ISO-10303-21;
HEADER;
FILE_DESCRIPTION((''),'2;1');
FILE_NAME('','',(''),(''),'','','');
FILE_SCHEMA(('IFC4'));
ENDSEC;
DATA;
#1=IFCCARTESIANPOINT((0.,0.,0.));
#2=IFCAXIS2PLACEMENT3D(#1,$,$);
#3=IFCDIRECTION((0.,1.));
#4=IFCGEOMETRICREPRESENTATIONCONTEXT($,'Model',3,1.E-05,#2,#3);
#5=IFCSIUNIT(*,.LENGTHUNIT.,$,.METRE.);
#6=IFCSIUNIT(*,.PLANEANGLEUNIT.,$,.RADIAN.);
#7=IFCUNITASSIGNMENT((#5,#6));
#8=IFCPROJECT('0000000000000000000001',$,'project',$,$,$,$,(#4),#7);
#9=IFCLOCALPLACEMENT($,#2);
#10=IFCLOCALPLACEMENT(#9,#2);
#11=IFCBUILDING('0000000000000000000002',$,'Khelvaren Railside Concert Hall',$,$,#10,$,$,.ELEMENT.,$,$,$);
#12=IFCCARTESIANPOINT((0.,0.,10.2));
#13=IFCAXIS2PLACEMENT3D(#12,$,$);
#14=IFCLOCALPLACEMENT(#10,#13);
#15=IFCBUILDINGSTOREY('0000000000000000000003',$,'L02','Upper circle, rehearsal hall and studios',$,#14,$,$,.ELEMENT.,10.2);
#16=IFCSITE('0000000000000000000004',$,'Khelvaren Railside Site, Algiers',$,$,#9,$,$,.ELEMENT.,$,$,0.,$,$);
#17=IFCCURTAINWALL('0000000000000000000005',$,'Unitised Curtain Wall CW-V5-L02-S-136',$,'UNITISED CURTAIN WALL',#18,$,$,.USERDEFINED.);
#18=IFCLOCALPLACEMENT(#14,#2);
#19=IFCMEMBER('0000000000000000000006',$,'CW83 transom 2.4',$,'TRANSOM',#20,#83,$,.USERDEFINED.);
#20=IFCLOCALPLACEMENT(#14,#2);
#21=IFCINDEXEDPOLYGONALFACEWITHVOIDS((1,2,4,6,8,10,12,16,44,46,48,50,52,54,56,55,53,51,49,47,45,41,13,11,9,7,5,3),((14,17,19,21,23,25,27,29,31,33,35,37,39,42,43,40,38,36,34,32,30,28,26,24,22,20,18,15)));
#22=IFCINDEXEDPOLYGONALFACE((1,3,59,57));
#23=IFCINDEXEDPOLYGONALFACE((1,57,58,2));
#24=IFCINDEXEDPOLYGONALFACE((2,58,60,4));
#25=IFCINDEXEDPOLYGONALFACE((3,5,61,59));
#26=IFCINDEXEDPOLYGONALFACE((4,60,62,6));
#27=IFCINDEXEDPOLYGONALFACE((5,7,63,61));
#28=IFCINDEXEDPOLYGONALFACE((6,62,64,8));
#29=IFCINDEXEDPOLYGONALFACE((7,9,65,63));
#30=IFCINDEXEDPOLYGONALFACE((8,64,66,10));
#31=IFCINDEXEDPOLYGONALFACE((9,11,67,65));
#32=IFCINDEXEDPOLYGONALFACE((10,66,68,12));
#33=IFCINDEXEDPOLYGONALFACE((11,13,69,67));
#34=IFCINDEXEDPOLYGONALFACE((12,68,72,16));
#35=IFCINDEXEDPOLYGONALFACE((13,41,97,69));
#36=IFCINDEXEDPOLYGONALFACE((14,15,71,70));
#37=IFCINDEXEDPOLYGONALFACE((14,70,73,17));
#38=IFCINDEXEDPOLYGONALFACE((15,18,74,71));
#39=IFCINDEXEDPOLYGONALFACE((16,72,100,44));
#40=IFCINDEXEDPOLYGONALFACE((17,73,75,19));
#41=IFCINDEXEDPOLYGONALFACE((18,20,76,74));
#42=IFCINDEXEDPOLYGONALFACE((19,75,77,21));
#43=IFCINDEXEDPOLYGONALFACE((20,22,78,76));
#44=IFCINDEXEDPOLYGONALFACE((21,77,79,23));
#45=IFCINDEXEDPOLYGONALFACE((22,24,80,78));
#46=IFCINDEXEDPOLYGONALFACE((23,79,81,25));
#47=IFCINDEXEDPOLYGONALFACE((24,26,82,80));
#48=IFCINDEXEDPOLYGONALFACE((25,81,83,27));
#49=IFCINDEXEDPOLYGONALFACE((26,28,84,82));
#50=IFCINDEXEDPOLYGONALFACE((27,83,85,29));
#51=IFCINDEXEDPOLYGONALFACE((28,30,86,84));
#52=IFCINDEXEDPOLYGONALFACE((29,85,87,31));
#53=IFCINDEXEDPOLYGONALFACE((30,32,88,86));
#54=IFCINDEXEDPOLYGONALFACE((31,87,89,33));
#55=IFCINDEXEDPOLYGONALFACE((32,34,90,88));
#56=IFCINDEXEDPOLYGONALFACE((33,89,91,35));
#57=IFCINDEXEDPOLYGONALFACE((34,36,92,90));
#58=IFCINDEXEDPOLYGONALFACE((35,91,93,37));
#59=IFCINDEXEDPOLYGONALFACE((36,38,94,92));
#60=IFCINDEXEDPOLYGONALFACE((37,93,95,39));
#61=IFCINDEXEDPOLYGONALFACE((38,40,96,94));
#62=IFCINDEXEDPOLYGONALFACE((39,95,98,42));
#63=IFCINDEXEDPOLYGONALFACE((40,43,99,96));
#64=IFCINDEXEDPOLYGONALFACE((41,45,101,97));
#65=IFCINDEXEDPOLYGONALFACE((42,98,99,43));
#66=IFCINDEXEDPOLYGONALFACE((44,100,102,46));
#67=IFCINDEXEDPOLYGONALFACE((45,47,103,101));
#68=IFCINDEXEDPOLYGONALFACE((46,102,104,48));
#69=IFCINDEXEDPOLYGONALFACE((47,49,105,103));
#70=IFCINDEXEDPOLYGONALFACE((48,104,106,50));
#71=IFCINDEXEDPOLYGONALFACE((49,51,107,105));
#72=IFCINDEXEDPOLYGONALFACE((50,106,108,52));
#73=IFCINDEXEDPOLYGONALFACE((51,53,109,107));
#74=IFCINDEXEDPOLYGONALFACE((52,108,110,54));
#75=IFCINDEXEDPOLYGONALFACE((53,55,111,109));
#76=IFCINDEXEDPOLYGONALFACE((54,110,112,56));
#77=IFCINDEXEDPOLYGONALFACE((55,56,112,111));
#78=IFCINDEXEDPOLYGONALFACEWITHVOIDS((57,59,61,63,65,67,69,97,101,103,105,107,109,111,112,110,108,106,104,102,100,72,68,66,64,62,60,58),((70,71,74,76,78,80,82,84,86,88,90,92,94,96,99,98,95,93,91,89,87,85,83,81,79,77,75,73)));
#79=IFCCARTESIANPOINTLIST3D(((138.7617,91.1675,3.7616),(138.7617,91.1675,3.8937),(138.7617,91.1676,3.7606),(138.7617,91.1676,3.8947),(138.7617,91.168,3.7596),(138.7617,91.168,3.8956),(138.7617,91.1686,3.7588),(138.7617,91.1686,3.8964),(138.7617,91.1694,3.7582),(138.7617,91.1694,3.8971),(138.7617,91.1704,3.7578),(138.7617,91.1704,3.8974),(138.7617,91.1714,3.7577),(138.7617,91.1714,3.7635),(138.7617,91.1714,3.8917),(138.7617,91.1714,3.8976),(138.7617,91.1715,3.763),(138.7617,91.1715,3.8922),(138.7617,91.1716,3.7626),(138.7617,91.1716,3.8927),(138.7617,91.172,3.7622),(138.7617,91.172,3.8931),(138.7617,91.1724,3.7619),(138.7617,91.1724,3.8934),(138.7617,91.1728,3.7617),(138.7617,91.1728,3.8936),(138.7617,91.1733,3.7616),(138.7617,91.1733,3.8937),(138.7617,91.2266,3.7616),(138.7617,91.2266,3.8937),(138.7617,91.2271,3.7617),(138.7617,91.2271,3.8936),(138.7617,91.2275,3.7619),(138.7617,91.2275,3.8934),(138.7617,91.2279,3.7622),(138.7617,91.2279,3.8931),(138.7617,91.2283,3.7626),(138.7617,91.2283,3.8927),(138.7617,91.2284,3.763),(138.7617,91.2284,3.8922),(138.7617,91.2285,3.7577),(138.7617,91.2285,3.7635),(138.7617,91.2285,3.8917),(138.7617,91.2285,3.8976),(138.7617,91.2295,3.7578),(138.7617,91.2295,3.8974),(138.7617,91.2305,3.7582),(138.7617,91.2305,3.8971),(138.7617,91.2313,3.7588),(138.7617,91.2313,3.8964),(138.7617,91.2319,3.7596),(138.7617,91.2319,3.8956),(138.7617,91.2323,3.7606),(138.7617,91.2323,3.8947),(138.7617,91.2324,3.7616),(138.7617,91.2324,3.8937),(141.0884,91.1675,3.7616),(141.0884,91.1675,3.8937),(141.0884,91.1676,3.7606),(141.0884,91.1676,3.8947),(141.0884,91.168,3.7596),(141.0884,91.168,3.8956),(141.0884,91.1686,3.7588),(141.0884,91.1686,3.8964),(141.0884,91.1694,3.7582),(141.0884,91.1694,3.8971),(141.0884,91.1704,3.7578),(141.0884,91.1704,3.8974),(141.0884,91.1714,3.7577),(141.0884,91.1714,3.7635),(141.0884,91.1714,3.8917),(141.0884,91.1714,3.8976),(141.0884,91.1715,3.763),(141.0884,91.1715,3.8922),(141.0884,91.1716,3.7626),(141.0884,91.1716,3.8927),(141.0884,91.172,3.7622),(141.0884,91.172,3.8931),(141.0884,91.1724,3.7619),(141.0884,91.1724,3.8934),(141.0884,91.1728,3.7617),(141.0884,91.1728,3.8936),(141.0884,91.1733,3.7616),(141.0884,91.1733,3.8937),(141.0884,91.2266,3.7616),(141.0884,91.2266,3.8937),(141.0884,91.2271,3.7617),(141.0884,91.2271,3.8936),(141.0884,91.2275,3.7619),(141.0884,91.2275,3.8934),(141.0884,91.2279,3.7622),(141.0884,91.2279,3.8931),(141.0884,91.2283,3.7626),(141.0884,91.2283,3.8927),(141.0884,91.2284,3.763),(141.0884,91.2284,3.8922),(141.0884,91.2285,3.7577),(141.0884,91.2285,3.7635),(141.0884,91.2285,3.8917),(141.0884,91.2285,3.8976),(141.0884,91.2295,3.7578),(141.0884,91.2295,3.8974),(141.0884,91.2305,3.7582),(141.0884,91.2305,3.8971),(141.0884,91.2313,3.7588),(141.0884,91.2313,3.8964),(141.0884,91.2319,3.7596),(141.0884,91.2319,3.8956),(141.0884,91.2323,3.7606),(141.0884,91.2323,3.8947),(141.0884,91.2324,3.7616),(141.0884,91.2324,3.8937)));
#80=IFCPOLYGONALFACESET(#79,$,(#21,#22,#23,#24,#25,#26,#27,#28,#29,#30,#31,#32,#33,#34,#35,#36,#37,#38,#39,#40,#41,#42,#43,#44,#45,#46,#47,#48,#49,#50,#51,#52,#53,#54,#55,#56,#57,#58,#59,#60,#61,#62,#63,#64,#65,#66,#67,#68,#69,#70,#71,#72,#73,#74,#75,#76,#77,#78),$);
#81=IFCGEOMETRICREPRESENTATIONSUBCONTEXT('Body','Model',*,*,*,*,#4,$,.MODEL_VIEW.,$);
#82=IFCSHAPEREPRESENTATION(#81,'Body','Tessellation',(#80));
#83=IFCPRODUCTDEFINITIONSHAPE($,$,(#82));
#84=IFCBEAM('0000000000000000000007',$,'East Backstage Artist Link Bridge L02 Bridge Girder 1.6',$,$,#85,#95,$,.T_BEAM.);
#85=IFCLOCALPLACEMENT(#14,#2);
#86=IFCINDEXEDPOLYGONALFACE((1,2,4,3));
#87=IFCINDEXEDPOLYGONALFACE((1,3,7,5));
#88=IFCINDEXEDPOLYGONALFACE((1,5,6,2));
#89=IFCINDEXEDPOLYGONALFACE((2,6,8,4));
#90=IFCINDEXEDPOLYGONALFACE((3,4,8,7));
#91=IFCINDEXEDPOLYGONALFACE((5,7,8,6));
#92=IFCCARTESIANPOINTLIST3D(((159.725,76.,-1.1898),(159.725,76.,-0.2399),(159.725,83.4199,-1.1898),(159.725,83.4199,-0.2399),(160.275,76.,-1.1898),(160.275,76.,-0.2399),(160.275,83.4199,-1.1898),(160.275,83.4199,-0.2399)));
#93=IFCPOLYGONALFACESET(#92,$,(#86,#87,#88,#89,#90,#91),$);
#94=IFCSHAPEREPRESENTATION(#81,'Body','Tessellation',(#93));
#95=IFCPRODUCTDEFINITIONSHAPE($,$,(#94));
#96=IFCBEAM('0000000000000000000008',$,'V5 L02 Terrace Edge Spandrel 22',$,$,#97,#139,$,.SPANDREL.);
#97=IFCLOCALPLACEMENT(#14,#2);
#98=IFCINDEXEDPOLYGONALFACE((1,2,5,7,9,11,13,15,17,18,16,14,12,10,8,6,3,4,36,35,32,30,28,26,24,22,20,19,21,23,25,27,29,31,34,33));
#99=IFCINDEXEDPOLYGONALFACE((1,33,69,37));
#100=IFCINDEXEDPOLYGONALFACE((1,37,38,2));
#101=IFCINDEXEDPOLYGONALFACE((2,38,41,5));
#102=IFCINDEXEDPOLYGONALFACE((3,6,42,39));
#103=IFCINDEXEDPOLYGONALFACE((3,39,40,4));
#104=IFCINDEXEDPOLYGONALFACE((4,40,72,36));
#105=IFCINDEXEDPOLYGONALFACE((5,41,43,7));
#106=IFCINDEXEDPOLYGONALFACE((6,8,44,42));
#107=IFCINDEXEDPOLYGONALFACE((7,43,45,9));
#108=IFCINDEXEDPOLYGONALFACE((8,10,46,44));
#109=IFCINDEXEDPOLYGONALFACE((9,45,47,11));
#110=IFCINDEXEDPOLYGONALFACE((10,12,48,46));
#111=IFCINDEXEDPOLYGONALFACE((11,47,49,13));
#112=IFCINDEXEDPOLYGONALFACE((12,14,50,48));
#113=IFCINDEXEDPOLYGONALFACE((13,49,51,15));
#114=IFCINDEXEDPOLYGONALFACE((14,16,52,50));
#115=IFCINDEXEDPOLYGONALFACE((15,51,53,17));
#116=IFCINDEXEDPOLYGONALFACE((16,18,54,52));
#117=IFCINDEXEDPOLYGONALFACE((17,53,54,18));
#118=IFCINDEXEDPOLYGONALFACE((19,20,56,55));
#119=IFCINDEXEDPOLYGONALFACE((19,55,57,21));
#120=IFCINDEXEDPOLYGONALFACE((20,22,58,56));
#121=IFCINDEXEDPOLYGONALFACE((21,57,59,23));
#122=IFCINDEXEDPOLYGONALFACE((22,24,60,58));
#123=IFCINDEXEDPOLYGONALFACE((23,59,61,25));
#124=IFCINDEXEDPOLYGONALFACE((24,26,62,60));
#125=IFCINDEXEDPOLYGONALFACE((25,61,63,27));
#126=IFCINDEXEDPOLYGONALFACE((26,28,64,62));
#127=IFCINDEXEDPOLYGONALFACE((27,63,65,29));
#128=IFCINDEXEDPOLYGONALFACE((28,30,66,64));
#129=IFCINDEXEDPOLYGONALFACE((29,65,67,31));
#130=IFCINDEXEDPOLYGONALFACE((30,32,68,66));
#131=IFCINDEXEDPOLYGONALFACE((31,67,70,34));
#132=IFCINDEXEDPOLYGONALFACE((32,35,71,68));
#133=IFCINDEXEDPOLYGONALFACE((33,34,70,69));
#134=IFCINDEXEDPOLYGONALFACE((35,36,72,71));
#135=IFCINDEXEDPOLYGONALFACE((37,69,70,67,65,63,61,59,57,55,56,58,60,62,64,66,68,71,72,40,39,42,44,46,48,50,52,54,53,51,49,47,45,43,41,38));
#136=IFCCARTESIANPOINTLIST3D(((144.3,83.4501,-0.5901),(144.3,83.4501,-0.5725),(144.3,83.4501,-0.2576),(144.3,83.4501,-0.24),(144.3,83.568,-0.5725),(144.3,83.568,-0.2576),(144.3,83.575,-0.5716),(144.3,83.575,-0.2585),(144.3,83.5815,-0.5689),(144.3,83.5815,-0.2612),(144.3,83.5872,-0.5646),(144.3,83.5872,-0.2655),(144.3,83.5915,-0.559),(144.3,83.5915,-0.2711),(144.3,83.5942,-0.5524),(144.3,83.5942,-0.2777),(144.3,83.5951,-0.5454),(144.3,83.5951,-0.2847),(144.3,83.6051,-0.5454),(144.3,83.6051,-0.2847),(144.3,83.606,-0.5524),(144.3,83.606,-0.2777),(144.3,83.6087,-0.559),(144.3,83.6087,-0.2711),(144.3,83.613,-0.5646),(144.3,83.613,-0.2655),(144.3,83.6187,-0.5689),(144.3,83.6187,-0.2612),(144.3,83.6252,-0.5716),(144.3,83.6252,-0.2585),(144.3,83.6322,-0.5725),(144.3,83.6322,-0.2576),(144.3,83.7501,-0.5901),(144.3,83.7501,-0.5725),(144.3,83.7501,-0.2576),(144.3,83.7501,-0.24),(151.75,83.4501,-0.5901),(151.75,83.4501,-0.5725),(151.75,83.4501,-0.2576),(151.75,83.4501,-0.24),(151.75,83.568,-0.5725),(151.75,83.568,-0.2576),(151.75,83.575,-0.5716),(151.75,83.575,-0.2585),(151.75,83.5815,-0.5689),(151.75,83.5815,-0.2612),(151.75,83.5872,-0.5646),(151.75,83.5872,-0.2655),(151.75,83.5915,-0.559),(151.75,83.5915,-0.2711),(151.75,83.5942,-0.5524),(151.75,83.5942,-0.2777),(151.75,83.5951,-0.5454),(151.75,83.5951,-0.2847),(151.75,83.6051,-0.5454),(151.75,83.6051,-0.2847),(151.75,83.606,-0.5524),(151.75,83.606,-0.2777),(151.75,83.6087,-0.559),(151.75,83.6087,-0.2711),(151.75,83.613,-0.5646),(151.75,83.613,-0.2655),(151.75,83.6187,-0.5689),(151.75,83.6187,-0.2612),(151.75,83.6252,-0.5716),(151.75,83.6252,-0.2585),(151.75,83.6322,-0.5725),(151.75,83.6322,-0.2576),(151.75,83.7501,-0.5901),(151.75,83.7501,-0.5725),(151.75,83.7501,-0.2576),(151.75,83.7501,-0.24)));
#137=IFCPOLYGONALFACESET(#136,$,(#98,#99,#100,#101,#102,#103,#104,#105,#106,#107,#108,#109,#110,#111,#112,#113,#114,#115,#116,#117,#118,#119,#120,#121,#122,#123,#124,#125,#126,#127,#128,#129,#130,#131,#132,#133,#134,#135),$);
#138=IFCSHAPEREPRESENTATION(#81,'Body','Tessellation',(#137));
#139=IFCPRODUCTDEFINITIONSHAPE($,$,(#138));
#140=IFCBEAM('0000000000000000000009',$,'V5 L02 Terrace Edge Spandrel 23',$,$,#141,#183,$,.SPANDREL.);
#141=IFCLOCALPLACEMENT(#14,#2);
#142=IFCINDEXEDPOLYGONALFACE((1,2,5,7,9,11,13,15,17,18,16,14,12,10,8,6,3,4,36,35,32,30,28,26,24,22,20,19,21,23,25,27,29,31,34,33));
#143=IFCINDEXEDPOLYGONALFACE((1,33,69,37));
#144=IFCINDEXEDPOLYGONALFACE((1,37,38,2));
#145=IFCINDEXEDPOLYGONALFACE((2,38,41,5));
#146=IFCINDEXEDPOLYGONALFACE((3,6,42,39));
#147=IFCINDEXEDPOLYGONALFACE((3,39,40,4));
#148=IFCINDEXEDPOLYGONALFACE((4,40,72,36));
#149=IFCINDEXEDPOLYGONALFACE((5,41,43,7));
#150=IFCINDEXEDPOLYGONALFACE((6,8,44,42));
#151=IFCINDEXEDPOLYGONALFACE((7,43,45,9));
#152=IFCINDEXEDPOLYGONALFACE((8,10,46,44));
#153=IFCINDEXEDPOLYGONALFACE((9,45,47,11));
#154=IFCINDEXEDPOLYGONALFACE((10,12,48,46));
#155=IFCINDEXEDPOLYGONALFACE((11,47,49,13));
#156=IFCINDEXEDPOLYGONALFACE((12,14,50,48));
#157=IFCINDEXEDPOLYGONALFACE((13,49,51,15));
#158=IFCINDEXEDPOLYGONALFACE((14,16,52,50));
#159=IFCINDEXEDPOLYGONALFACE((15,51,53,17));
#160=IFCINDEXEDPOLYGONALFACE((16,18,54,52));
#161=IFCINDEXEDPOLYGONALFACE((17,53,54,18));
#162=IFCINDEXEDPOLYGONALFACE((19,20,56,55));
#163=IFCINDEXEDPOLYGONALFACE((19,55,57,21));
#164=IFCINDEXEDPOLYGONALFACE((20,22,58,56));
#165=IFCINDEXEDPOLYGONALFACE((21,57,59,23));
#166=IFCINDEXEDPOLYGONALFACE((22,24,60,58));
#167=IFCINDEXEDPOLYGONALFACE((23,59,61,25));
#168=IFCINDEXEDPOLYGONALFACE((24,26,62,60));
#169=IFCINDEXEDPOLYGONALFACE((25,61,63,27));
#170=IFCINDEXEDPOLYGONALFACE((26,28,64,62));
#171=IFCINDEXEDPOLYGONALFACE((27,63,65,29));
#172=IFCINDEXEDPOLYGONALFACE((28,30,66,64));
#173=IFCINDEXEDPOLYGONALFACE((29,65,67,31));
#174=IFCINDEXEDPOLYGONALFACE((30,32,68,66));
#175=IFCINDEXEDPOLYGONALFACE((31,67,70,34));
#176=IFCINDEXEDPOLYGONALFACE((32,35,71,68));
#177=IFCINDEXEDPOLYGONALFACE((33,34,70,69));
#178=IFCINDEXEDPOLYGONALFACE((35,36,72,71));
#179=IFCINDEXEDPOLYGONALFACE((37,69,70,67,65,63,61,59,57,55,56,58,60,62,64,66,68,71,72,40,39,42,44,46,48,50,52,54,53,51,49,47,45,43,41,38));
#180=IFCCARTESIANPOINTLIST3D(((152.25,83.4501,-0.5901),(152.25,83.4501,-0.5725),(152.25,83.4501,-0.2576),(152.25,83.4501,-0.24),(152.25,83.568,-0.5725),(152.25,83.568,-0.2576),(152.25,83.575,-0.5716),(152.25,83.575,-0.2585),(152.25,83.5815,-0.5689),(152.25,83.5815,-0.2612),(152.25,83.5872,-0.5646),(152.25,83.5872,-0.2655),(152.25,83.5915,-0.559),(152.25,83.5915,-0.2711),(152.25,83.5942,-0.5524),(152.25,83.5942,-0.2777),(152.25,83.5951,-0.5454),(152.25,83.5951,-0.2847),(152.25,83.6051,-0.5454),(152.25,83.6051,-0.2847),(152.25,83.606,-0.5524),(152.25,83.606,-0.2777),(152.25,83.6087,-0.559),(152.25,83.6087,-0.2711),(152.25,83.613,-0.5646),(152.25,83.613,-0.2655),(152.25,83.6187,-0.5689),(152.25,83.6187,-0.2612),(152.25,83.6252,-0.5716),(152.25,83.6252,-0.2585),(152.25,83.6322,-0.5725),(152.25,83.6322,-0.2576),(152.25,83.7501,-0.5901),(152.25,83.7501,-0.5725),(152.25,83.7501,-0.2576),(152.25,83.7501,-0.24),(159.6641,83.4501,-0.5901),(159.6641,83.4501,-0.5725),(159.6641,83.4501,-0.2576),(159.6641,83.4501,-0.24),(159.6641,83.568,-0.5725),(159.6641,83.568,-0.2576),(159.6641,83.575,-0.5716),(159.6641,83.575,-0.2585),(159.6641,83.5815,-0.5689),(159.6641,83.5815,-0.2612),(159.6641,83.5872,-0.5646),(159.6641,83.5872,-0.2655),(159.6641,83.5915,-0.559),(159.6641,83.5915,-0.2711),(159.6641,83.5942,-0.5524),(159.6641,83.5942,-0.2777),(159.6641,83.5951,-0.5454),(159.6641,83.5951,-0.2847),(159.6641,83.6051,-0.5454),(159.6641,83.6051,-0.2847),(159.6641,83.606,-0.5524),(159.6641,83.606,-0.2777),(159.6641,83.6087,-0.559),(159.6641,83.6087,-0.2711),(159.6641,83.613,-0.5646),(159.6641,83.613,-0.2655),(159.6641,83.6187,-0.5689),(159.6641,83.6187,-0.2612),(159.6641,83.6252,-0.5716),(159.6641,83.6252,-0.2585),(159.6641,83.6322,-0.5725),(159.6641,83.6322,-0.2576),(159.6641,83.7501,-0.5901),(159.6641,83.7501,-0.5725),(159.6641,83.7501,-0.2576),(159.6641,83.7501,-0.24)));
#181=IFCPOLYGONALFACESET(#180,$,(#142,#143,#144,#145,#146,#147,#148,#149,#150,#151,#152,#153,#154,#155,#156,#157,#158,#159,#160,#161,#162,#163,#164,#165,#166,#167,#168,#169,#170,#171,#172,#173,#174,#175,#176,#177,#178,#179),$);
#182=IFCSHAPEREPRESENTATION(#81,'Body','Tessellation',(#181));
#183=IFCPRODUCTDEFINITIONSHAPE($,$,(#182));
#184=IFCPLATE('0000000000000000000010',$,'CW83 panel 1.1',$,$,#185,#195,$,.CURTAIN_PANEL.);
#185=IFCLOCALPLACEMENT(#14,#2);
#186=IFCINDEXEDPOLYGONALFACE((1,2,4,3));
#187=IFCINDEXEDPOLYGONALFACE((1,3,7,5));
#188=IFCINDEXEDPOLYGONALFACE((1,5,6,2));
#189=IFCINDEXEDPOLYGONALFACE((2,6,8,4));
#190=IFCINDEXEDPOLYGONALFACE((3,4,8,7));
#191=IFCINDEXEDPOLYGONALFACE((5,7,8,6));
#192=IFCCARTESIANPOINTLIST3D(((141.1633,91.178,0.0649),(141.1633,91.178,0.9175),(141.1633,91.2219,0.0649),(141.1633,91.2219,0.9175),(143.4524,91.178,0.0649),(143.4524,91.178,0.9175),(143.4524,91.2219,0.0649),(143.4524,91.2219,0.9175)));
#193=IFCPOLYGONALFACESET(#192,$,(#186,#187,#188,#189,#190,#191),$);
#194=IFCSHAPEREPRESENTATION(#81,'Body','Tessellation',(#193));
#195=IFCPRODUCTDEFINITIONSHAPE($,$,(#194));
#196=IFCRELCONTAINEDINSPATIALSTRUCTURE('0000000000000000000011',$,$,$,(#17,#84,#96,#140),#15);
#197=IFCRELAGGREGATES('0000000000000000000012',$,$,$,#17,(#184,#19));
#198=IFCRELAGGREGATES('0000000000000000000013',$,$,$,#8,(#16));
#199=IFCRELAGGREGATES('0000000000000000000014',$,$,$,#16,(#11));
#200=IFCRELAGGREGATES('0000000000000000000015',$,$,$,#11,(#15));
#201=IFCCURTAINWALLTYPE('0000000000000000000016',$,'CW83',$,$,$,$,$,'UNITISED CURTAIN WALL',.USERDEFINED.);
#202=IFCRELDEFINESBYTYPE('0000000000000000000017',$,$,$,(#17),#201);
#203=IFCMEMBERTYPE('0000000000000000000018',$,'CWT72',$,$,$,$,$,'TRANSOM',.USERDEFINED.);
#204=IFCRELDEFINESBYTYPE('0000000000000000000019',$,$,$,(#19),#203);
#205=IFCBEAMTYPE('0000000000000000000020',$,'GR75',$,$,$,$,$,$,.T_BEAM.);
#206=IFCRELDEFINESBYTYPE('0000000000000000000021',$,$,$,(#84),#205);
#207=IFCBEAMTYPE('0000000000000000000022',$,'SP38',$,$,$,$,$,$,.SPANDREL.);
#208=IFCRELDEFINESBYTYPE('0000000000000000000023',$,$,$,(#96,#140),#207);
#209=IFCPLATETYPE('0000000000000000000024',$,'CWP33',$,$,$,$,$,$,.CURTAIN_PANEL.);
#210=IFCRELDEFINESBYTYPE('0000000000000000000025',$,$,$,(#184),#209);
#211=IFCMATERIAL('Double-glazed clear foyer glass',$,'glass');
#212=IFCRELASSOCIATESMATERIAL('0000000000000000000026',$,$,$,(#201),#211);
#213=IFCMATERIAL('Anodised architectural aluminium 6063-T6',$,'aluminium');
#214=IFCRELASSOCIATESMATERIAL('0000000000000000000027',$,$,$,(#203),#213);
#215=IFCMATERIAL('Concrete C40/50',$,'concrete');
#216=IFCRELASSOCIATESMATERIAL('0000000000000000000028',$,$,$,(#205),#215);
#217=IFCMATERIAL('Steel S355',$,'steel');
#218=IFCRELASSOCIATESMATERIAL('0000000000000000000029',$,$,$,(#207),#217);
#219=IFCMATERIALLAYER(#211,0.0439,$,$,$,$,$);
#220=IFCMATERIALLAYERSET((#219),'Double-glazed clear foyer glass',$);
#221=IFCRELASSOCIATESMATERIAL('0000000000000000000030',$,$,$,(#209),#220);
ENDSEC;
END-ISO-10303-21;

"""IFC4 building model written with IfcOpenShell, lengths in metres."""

from ifc_helpers import new_model, si_unit, direction, frame, origin, origin_2d, place, context, subcontext, project, spatial, rectangle, hollow_rectangle, i_section, extrude, material, layer, layer_set, material_profile, profile_set, type_object, element, aggregate, save


model = new_model("IFC4")

# Units and contexts
model_context = context("Model", 3, precision=1e-05, world=origin(), true_north=direction((0.0, 1.0)))
body_context = subcontext(model_context, "Body", "Model", "MODEL_VIEW")
ifc_project = project(units=[si_unit("LENGTHUNIT", "METRE"), si_unit("PLANEANGLEUNIT", "RADIAN")], contexts=[model_context])

# Site, building, storey
site_placement = place(None, origin())
site = spatial("IfcSite", under=ifc_project, at=site_placement, Name="Khelvaren Railside Site, Algiers", CompositionType="ELEMENT", RefElevation=0.0)
building_placement = place(site_placement, origin())
building = spatial("IfcBuilding", under=site, at=building_placement, Name="Khelvaren Railside Concert Hall", CompositionType="ELEMENT")
storey_placement = place(building_placement, frame((0.0, 0.0, 10.2)))
storey = spatial("IfcBuildingStorey", under=building, at=storey_placement, Name="L02", Description="Upper circle, rehearsal hall and studios", CompositionType="ELEMENT", Elevation=10.2)

# Shared definitions
ifc_material_1 = material(Name="Steel S355", Category="steel")

# Shared definitions
ifc_material_2 = material(Name="Concrete C40/50", Category="concrete")

# Curtain wall
ifc_material_3 = material(Name="Double-glazed clear foyer glass", Category="glass")
curtain_wall_type_1 = type_object("IfcCurtainWallType", Name="CW83", ElementType="UNITISED CURTAIN WALL", PredefinedType="USERDEFINED", material=ifc_material_3)
curtain_wall_1_placement = place(storey_placement, origin())
curtain_wall_1 = element("IfcCurtainWall", 1, at=curtain_wall_1_placement, inside=storey, type_object=curtain_wall_type_1, Name="Unitised Curtain Wall CW-V5-L02-S-136", ObjectType="UNITISED CURTAIN WALL", PredefinedType="USERDEFINED")
ifc_material_4 = material(Name="Anodised architectural aluminium 6063-T6", Category="aluminium")

# Member
ifc_material_profile_1 = material_profile(ifc_material_4, hollow_rectangle(XDim=0.0649, YDim=0.1399, WallThickness=0.0039, InnerFilletRadius=0.002, OuterFilletRadius=0.0039, at=origin_2d()), Name="CWT 65x140x4")
ifc_profile_set_1 = profile_set([ifc_material_profile_1], Name="Anodised architectural aluminium 6063-T6")
member_type_1 = type_object("IfcMemberType", Name="CWT72", ElementType="TRANSOM", PredefinedType="USERDEFINED", material=ifc_profile_set_1)
member_1_placement = place(storey_placement, frame((141.0884, 91.2, 3.8276), z_axis=(-1.0, 0.0, 0.0), x_axis=(0.0, -1.0, 0.0)))
member_1 = element("IfcMember", 2, at=member_1_placement, type_object=member_type_1, Name="CW83 transom 2.4", ObjectType="TRANSOM", PredefinedType="USERDEFINED", context=body_context, shape_type="SweptSolid", body=[
    extrude(hollow_rectangle(XDim=0.0649, YDim=0.1399, WallThickness=0.0039, InnerFilletRadius=0.002, OuterFilletRadius=0.0039, at=origin_2d()), origin(), (0.0, 0.0, 1.0), 2.3267),
])

# Beams
ifc_material_profile_2 = material_profile(ifc_material_2, rectangle(XDim=0.55, YDim=0.95, at=origin_2d()), Name="RCB 550x950")
ifc_profile_set_2 = profile_set([ifc_material_profile_2], Name="Concrete C40/50")
beam_type_1 = type_object("IfcBeamType", Name="GR75", PredefinedType="T_BEAM", material=ifc_profile_set_2)
beam_1_placement = place(storey_placement, frame((160.0, 76.0, -0.7148), z_axis=(0.0, 1.0, 0.0), x_axis=(-1.0, 0.0, 0.0)))
element("IfcBeam", 3, at=beam_1_placement, inside=storey, type_object=beam_type_1, Name="East Backstage Artist Link Bridge L02 Bridge Girder 1.6", PredefinedType="T_BEAM", context=body_context, shape_type="SweptSolid", body=[
    extrude(rectangle(XDim=0.55, YDim=0.95, at=origin_2d()), origin(), (0.0, 0.0, 1.0), 7.4199),
])
ifc_material_profile_3 = material_profile(ifc_material_1, i_section(OverallWidth=0.3, OverallDepth=0.3501, WebThickness=0.01, FlangeThickness=0.0176, FilletRadius=0.0271, at=origin_2d()), Name="HEA 360")
ifc_profile_set_3 = profile_set([ifc_material_profile_3], Name="Steel S355")
beam_type_2 = type_object("IfcBeamType", Name="SP38", PredefinedType="SPANDREL", material=ifc_profile_set_3)
beam_2_placement = place(storey_placement, frame((144.3, 83.6001, -0.415), z_axis=(1.0, 0.0, 0.0), x_axis=(0.0, 1.0, 0.0)))
element("IfcBeam", 4, at=beam_2_placement, inside=storey, type_object=beam_type_2, Name="V5 L02 Terrace Edge Spandrel 22", PredefinedType="SPANDREL", context=body_context, shape_type="SweptSolid", body=[
    extrude(i_section(OverallWidth=0.3, OverallDepth=0.3501, WebThickness=0.01, FlangeThickness=0.0176, FilletRadius=0.0271, at=origin_2d()), origin(), (0.0, 0.0, 1.0), 7.45),
])
beam_3_placement = place(storey_placement, frame((152.25, 83.6001, -0.415), z_axis=(1.0, 0.0, 0.0), x_axis=(0.0, 1.0, 0.0)))
element("IfcBeam", 5, at=beam_3_placement, inside=storey, type_object=beam_type_2, Name="V5 L02 Terrace Edge Spandrel 23", PredefinedType="SPANDREL", context=body_context, shape_type="SweptSolid", body=[
    extrude(i_section(OverallWidth=0.3, OverallDepth=0.3501, WebThickness=0.01, FlangeThickness=0.0176, FilletRadius=0.0271, at=origin_2d()), origin(), (0.0, 0.0, 1.0), 7.4141),
])

# Plate
ifc_layer_1 = layer(ifc_material_3, 0.0439)
ifc_layer_set_1 = layer_set([ifc_layer_1], Name="Double-glazed clear foyer glass")
plate_type_1 = type_object("IfcPlateType", Name="CWP33", PredefinedType="CURTAIN_PANEL", material=ifc_layer_set_1)
plate_1_placement = place(storey_placement, frame((142.3079, 91.2, 0.0649), z_axis=(0.0, 0.0, 1.0), x_axis=(-1.0, 0.0, 0.0)))
plate_1 = element("IfcPlate", 6, at=plate_1_placement, type_object=plate_type_1, Name="CW83 panel 1.1", PredefinedType="CURTAIN_PANEL", context=body_context, shape_type="SweptSolid", body=[
    extrude(rectangle(XDim=2.2891, YDim=0.0439, at=origin_2d()), origin(), (0.0, 0.0, 1.0), 0.8525),
])
aggregate(curtain_wall_1, [plate_1, member_1])

save(model, "model.ifc")
